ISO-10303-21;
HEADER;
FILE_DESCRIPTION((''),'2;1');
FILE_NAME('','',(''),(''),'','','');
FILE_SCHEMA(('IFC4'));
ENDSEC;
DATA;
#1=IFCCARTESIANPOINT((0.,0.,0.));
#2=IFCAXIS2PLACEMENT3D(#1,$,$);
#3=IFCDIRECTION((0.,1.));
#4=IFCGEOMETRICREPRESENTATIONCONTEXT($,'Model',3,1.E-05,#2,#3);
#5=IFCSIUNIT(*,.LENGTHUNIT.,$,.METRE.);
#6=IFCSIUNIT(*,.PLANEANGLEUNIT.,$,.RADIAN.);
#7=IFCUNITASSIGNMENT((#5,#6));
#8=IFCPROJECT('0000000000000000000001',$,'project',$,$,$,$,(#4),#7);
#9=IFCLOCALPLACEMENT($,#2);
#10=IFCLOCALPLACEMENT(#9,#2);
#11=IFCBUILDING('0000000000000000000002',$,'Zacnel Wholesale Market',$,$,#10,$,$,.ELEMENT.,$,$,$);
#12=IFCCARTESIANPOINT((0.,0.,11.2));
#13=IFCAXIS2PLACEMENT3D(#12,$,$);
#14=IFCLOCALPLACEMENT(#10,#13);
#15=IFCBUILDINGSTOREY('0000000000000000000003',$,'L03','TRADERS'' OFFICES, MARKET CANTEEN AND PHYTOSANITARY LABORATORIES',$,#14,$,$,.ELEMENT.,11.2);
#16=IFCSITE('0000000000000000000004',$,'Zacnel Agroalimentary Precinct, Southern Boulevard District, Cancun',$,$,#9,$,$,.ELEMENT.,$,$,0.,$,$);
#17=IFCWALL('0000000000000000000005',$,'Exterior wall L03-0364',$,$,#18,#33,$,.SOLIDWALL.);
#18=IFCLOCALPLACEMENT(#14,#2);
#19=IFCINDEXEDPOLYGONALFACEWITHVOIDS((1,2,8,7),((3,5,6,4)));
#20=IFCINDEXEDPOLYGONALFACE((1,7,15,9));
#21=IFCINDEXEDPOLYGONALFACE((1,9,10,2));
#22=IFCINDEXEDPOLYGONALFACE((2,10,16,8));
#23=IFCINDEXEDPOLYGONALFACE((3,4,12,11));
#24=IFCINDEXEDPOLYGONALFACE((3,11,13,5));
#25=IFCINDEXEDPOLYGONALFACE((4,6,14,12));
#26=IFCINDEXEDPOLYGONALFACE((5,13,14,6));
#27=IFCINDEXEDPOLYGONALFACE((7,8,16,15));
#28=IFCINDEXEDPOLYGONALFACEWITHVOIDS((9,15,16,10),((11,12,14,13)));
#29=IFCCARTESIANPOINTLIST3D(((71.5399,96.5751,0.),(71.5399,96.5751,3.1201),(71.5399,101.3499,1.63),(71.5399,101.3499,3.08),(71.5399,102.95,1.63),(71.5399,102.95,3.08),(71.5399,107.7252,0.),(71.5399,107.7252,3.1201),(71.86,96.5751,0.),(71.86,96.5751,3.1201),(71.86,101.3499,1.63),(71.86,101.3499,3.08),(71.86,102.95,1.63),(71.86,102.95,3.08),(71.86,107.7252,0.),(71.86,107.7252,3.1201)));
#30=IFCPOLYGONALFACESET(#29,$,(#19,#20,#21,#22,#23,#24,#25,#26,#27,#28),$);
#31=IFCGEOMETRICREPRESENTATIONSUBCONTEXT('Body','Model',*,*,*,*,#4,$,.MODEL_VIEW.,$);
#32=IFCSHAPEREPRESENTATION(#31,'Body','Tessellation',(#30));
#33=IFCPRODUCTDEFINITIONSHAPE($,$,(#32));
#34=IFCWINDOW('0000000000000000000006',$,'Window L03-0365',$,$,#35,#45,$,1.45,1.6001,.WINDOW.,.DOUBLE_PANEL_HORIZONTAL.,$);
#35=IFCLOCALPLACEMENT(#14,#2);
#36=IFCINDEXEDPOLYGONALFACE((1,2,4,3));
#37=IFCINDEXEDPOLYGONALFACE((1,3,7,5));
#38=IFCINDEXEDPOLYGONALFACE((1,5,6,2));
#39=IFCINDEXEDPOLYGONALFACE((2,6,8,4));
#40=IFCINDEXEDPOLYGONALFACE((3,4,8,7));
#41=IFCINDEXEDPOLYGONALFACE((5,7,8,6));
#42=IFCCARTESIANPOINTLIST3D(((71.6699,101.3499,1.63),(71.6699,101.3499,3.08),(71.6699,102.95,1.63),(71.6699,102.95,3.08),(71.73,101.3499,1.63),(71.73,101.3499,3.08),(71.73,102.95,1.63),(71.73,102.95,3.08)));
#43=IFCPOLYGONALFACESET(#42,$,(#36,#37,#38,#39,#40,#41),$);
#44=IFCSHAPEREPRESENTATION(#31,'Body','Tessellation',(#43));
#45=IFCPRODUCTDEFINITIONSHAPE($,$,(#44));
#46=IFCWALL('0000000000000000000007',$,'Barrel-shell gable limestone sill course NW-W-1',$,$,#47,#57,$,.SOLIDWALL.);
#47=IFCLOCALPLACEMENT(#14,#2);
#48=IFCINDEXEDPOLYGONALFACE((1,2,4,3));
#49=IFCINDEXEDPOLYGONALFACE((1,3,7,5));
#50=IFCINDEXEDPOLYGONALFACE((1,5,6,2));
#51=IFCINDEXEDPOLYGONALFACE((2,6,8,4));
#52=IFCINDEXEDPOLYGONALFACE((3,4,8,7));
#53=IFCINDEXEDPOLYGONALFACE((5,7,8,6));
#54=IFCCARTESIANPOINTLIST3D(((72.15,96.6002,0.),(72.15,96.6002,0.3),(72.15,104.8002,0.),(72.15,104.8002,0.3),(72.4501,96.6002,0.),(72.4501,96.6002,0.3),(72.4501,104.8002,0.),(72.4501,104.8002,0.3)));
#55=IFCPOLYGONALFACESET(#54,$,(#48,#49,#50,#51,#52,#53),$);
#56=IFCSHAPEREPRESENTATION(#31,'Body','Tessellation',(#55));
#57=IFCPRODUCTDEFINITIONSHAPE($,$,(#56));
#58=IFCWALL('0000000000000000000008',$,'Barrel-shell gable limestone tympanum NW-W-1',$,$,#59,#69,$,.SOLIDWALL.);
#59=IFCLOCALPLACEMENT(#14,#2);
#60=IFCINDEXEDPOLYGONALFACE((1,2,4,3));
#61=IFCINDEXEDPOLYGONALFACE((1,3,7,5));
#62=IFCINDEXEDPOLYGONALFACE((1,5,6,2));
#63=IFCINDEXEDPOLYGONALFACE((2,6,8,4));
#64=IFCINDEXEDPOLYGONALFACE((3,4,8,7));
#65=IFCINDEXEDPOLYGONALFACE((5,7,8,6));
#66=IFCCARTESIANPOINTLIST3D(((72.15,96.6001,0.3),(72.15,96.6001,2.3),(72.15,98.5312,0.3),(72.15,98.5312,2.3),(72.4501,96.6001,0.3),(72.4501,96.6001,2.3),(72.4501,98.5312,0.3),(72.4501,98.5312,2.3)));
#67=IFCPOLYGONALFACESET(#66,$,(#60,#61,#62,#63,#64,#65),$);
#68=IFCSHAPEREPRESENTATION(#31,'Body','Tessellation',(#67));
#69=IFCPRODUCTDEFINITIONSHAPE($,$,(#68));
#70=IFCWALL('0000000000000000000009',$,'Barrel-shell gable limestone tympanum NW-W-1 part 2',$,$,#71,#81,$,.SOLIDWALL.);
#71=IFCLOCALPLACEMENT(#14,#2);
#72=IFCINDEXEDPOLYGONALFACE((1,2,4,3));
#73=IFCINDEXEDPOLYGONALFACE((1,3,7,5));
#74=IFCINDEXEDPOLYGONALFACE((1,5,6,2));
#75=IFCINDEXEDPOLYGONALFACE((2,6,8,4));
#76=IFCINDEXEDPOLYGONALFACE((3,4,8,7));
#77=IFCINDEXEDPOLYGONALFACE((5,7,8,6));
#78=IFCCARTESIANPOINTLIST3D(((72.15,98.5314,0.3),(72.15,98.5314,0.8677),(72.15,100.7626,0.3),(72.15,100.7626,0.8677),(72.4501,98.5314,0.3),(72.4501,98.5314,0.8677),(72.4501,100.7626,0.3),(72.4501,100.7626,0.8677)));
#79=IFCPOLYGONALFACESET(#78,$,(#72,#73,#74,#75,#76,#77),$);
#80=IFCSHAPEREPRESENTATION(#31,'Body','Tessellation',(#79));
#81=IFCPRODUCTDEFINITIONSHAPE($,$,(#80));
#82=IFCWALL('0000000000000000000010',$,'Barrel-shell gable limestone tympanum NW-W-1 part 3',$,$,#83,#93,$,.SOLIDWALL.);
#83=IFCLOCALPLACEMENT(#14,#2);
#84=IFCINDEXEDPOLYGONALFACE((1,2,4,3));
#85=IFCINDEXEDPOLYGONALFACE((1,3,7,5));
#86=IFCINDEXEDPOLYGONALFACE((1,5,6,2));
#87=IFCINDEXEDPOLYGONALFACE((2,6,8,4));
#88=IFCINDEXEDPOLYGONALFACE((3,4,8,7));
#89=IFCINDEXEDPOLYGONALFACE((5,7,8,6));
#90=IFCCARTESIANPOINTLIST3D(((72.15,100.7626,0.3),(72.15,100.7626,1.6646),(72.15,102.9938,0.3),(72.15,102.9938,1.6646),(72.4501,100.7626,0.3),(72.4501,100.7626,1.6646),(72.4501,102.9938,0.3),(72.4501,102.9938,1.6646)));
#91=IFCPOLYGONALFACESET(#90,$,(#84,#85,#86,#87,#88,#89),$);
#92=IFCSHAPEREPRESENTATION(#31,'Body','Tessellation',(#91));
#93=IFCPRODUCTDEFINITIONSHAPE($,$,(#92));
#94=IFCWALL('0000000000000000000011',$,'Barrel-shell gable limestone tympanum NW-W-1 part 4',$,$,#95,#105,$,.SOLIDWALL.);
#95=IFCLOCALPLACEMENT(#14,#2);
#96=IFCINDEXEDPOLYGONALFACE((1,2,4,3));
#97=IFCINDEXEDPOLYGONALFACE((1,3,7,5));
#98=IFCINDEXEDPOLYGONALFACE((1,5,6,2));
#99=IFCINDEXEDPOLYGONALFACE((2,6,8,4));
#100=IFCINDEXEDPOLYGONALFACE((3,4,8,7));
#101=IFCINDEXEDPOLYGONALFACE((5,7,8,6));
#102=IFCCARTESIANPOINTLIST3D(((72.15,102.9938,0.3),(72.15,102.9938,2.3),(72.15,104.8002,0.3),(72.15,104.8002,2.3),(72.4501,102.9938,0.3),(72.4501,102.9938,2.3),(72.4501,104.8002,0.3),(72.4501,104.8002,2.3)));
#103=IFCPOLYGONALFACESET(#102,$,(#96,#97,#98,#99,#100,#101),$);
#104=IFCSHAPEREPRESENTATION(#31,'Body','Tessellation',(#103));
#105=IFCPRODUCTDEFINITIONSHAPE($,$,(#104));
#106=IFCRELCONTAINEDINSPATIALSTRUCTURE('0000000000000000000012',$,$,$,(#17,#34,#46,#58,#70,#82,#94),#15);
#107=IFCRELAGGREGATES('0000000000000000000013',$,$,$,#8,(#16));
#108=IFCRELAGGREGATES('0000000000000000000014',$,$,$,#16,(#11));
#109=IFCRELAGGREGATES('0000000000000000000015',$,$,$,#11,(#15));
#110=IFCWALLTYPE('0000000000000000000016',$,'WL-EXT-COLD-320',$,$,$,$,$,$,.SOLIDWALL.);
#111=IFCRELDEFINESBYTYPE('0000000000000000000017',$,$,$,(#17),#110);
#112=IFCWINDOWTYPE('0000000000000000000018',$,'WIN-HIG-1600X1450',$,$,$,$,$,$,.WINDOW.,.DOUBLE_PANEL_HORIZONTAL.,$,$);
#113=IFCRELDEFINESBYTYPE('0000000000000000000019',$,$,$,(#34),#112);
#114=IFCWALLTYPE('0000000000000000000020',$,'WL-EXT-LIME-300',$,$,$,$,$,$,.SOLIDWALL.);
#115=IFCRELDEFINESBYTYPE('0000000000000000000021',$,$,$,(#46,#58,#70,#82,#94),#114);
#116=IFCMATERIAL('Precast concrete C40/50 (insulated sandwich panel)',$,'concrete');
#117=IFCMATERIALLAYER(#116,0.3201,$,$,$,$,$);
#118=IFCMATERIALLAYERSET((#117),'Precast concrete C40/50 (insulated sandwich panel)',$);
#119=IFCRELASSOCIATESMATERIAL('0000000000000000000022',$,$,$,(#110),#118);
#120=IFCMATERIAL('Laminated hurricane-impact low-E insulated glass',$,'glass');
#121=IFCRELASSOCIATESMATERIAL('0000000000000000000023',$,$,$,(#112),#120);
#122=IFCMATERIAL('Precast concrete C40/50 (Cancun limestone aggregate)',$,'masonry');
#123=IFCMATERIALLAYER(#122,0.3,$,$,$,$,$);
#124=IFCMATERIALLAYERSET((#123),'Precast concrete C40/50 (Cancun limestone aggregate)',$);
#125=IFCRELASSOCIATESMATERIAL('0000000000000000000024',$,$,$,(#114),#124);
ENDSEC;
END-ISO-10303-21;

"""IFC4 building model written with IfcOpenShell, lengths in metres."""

from ifc_helpers import new_model, si_unit, direction, frame, frame_2d, origin, place, context, subcontext, project, spatial, rectangle, extrude, material, layer, layer_set, type_object, element, fill, save


model = new_model("IFC4")

# Units and contexts
model_context = context("Model", 3, precision=1e-05, world=origin(), true_north=direction((0.0, 1.0)))
body_context = subcontext(model_context, "Body", "Model", "MODEL_VIEW")
ifc_project = project(units=[si_unit("LENGTHUNIT", "METRE"), si_unit("PLANEANGLEUNIT", "RADIAN")], contexts=[model_context])

# Site, building, storey
site_placement = place(None, origin())
site = spatial("IfcSite", under=ifc_project, at=site_placement, Name="Zacnel Agroalimentary Precinct, Southern Boulevard District, Cancun", CompositionType="ELEMENT", RefElevation=0.0)
building_placement = place(site_placement, origin())
building = spatial("IfcBuilding", under=site, at=building_placement, Name="Zacnel Wholesale Market", CompositionType="ELEMENT")
storey_placement = place(building_placement, frame((0.0, 0.0, 11.2)))
storey = spatial("IfcBuildingStorey", under=building, at=storey_placement, Name="L03", Description="TRADERS' OFFICES, MARKET CANTEEN AND PHYTOSANITARY LABORATORIES", CompositionType="ELEMENT", Elevation=11.2)

# Wall, opening, window
ifc_material_1 = material(Name="Precast concrete C40/50 (insulated sandwich panel)", Category="concrete")
ifc_layer_1 = layer(ifc_material_1, 0.3201)
ifc_layer_set_1 = layer_set([ifc_layer_1], Name="Precast concrete C40/50 (insulated sandwich panel)")
wall_type_1 = type_object("IfcWallType", Name="WL-EXT-COLD-320", PredefinedType="SOLIDWALL", material=ifc_layer_set_1)
wall_1_placement = place(storey_placement, frame((71.7, 96.575, 0.0), z_axis=(0.0, 0.0, 1.0), x_axis=(0.0, 1.0, 0.0)))
wall_1 = element("IfcWall", 1, at=wall_1_placement, inside=storey, type_object=wall_type_1, Name="Exterior wall L03-0364", PredefinedType="SOLIDWALL", context=body_context, shape_type="SweptSolid", body=[
    extrude(rectangle(XDim=11.1501, YDim=0.3201, at=frame_2d((5.5752, 0.0))), origin(), (0.0, 0.0, 1.0), 3.1201),
])
opening_placement = place(wall_1_placement, frame((4.7749, 0.0, 1.6299)))
opening = element("IfcOpeningElement", 2, at=opening_placement, cuts=wall_1, PredefinedType="OPENING", context=body_context, shape_type="SweptSolid", body=[
    extrude(rectangle(XDim=1.6001, YDim=1.45, at=frame_2d((0.8, 0.7251))), frame((0.0, 0.1699, 0.0), z_axis=(0.0, -1.0, 0.0), x_axis=(1.0, 0.0, 0.0)), (0.0, 0.0, 1.0), 0.3401),
])
ifc_material_2 = material(Name="Laminated hurricane-impact low-E insulated glass", Category="glass")
window_type = type_object("IfcWindowType", Name="WIN-HIG-1600X1450", PartitioningType="DOUBLE_PANEL_HORIZONTAL", PredefinedType="WINDOW", material=ifc_material_2)
window_placement = place(opening_placement, origin())
window = element("IfcWindow", 3, at=window_placement, inside=storey, type_object=window_type, Name="Window L03-0365", OverallHeight=1.45, OverallWidth=1.6001, PartitioningType="DOUBLE_PANEL_HORIZONTAL", PredefinedType="WINDOW", context=body_context, shape_type="SweptSolid", body=[
    extrude(rectangle(XDim=1.6001, YDim=1.45, at=frame_2d((0.8, 0.7251))), frame((0.0, 0.03, 0.0), z_axis=(0.0, -1.0, 0.0), x_axis=(1.0, 0.0, 0.0)), (0.0, 0.0, 1.0), 0.0601),
])
fill(opening, window)

# Walls
ifc_material_3 = material(Name="Precast concrete C40/50 (Cancun limestone aggregate)", Category="masonry")
ifc_layer_2 = layer(ifc_material_3, 0.3)
ifc_layer_set_2 = layer_set([ifc_layer_2], Name="Precast concrete C40/50 (Cancun limestone aggregate)")
wall_type_2 = type_object("IfcWallType", Name="WL-EXT-LIME-300", PredefinedType="SOLIDWALL", material=ifc_layer_set_2)
wall_2_placement = place(storey_placement, frame((72.3, 96.6001, 0.0), z_axis=(0.0, 0.0, 1.0), x_axis=(0.0, 1.0, 0.0)))
element("IfcWall", 4, at=wall_2_placement, inside=storey, type_object=wall_type_2, Name="Barrel-shell gable limestone sill course NW-W-1", PredefinedType="SOLIDWALL", context=body_context, shape_type="SweptSolid", body=[
    extrude(rectangle(XDim=8.2, YDim=0.3, at=frame_2d((4.1001, 0.0))), origin(), (0.0, 0.0, 1.0), 0.3),
])
wall_3_placement = place(storey_placement, frame((72.3, 96.6001, 0.3), z_axis=(0.0, 0.0, 1.0), x_axis=(0.0, 1.0, 0.0)))
element("IfcWall", 5, at=wall_3_placement, inside=storey, type_object=wall_type_2, Name="Barrel-shell gable limestone tympanum NW-W-1", PredefinedType="SOLIDWALL", context=body_context, shape_type="SweptSolid", body=[
    extrude(rectangle(XDim=1.9312, YDim=0.3, at=frame_2d((0.9656, 0.0))), origin(), (0.0, 0.0, 1.0), 2.0),
])
wall_4_placement = place(storey_placement, frame((72.3, 98.5312, 0.3), z_axis=(0.0, 0.0, 1.0), x_axis=(0.0, 1.0, 0.0)))
element("IfcWall", 6, at=wall_4_placement, inside=storey, type_object=wall_type_2, Name="Barrel-shell gable limestone tympanum NW-W-1 part 2", PredefinedType="SOLIDWALL", context=body_context, shape_type="SweptSolid", body=[
    extrude(rectangle(XDim=2.2312, YDim=0.3, at=frame_2d((1.1157, 0.0))), origin(), (0.0, 0.0, 1.0), 0.5676),
])
wall_5_placement = place(storey_placement, frame((72.3, 100.7625, 0.3), z_axis=(0.0, 0.0, 1.0), x_axis=(0.0, 1.0, 0.0)))
element("IfcWall", 7, at=wall_5_placement, inside=storey, type_object=wall_type_2, Name="Barrel-shell gable limestone tympanum NW-W-1 part 3", PredefinedType="SOLIDWALL", context=body_context, shape_type="SweptSolid", body=[
    extrude(rectangle(XDim=2.2312, YDim=0.3, at=frame_2d((1.1157, 0.0))), origin(), (0.0, 0.0, 1.0), 1.3645),
])
wall_6_placement = place(storey_placement, frame((72.3, 102.9937, 0.3), z_axis=(0.0, 0.0, 1.0), x_axis=(0.0, 1.0, 0.0)))
element("IfcWall", 8, at=wall_6_placement, inside=storey, type_object=wall_type_2, Name="Barrel-shell gable limestone tympanum NW-W-1 part 4", PredefinedType="SOLIDWALL", context=body_context, shape_type="SweptSolid", body=[
    extrude(rectangle(XDim=1.8064, YDim=0.3, at=frame_2d((0.9033, 0.0))), origin(), (0.0, 0.0, 1.0), 2.0),
])

save(model, "model.ifc")
